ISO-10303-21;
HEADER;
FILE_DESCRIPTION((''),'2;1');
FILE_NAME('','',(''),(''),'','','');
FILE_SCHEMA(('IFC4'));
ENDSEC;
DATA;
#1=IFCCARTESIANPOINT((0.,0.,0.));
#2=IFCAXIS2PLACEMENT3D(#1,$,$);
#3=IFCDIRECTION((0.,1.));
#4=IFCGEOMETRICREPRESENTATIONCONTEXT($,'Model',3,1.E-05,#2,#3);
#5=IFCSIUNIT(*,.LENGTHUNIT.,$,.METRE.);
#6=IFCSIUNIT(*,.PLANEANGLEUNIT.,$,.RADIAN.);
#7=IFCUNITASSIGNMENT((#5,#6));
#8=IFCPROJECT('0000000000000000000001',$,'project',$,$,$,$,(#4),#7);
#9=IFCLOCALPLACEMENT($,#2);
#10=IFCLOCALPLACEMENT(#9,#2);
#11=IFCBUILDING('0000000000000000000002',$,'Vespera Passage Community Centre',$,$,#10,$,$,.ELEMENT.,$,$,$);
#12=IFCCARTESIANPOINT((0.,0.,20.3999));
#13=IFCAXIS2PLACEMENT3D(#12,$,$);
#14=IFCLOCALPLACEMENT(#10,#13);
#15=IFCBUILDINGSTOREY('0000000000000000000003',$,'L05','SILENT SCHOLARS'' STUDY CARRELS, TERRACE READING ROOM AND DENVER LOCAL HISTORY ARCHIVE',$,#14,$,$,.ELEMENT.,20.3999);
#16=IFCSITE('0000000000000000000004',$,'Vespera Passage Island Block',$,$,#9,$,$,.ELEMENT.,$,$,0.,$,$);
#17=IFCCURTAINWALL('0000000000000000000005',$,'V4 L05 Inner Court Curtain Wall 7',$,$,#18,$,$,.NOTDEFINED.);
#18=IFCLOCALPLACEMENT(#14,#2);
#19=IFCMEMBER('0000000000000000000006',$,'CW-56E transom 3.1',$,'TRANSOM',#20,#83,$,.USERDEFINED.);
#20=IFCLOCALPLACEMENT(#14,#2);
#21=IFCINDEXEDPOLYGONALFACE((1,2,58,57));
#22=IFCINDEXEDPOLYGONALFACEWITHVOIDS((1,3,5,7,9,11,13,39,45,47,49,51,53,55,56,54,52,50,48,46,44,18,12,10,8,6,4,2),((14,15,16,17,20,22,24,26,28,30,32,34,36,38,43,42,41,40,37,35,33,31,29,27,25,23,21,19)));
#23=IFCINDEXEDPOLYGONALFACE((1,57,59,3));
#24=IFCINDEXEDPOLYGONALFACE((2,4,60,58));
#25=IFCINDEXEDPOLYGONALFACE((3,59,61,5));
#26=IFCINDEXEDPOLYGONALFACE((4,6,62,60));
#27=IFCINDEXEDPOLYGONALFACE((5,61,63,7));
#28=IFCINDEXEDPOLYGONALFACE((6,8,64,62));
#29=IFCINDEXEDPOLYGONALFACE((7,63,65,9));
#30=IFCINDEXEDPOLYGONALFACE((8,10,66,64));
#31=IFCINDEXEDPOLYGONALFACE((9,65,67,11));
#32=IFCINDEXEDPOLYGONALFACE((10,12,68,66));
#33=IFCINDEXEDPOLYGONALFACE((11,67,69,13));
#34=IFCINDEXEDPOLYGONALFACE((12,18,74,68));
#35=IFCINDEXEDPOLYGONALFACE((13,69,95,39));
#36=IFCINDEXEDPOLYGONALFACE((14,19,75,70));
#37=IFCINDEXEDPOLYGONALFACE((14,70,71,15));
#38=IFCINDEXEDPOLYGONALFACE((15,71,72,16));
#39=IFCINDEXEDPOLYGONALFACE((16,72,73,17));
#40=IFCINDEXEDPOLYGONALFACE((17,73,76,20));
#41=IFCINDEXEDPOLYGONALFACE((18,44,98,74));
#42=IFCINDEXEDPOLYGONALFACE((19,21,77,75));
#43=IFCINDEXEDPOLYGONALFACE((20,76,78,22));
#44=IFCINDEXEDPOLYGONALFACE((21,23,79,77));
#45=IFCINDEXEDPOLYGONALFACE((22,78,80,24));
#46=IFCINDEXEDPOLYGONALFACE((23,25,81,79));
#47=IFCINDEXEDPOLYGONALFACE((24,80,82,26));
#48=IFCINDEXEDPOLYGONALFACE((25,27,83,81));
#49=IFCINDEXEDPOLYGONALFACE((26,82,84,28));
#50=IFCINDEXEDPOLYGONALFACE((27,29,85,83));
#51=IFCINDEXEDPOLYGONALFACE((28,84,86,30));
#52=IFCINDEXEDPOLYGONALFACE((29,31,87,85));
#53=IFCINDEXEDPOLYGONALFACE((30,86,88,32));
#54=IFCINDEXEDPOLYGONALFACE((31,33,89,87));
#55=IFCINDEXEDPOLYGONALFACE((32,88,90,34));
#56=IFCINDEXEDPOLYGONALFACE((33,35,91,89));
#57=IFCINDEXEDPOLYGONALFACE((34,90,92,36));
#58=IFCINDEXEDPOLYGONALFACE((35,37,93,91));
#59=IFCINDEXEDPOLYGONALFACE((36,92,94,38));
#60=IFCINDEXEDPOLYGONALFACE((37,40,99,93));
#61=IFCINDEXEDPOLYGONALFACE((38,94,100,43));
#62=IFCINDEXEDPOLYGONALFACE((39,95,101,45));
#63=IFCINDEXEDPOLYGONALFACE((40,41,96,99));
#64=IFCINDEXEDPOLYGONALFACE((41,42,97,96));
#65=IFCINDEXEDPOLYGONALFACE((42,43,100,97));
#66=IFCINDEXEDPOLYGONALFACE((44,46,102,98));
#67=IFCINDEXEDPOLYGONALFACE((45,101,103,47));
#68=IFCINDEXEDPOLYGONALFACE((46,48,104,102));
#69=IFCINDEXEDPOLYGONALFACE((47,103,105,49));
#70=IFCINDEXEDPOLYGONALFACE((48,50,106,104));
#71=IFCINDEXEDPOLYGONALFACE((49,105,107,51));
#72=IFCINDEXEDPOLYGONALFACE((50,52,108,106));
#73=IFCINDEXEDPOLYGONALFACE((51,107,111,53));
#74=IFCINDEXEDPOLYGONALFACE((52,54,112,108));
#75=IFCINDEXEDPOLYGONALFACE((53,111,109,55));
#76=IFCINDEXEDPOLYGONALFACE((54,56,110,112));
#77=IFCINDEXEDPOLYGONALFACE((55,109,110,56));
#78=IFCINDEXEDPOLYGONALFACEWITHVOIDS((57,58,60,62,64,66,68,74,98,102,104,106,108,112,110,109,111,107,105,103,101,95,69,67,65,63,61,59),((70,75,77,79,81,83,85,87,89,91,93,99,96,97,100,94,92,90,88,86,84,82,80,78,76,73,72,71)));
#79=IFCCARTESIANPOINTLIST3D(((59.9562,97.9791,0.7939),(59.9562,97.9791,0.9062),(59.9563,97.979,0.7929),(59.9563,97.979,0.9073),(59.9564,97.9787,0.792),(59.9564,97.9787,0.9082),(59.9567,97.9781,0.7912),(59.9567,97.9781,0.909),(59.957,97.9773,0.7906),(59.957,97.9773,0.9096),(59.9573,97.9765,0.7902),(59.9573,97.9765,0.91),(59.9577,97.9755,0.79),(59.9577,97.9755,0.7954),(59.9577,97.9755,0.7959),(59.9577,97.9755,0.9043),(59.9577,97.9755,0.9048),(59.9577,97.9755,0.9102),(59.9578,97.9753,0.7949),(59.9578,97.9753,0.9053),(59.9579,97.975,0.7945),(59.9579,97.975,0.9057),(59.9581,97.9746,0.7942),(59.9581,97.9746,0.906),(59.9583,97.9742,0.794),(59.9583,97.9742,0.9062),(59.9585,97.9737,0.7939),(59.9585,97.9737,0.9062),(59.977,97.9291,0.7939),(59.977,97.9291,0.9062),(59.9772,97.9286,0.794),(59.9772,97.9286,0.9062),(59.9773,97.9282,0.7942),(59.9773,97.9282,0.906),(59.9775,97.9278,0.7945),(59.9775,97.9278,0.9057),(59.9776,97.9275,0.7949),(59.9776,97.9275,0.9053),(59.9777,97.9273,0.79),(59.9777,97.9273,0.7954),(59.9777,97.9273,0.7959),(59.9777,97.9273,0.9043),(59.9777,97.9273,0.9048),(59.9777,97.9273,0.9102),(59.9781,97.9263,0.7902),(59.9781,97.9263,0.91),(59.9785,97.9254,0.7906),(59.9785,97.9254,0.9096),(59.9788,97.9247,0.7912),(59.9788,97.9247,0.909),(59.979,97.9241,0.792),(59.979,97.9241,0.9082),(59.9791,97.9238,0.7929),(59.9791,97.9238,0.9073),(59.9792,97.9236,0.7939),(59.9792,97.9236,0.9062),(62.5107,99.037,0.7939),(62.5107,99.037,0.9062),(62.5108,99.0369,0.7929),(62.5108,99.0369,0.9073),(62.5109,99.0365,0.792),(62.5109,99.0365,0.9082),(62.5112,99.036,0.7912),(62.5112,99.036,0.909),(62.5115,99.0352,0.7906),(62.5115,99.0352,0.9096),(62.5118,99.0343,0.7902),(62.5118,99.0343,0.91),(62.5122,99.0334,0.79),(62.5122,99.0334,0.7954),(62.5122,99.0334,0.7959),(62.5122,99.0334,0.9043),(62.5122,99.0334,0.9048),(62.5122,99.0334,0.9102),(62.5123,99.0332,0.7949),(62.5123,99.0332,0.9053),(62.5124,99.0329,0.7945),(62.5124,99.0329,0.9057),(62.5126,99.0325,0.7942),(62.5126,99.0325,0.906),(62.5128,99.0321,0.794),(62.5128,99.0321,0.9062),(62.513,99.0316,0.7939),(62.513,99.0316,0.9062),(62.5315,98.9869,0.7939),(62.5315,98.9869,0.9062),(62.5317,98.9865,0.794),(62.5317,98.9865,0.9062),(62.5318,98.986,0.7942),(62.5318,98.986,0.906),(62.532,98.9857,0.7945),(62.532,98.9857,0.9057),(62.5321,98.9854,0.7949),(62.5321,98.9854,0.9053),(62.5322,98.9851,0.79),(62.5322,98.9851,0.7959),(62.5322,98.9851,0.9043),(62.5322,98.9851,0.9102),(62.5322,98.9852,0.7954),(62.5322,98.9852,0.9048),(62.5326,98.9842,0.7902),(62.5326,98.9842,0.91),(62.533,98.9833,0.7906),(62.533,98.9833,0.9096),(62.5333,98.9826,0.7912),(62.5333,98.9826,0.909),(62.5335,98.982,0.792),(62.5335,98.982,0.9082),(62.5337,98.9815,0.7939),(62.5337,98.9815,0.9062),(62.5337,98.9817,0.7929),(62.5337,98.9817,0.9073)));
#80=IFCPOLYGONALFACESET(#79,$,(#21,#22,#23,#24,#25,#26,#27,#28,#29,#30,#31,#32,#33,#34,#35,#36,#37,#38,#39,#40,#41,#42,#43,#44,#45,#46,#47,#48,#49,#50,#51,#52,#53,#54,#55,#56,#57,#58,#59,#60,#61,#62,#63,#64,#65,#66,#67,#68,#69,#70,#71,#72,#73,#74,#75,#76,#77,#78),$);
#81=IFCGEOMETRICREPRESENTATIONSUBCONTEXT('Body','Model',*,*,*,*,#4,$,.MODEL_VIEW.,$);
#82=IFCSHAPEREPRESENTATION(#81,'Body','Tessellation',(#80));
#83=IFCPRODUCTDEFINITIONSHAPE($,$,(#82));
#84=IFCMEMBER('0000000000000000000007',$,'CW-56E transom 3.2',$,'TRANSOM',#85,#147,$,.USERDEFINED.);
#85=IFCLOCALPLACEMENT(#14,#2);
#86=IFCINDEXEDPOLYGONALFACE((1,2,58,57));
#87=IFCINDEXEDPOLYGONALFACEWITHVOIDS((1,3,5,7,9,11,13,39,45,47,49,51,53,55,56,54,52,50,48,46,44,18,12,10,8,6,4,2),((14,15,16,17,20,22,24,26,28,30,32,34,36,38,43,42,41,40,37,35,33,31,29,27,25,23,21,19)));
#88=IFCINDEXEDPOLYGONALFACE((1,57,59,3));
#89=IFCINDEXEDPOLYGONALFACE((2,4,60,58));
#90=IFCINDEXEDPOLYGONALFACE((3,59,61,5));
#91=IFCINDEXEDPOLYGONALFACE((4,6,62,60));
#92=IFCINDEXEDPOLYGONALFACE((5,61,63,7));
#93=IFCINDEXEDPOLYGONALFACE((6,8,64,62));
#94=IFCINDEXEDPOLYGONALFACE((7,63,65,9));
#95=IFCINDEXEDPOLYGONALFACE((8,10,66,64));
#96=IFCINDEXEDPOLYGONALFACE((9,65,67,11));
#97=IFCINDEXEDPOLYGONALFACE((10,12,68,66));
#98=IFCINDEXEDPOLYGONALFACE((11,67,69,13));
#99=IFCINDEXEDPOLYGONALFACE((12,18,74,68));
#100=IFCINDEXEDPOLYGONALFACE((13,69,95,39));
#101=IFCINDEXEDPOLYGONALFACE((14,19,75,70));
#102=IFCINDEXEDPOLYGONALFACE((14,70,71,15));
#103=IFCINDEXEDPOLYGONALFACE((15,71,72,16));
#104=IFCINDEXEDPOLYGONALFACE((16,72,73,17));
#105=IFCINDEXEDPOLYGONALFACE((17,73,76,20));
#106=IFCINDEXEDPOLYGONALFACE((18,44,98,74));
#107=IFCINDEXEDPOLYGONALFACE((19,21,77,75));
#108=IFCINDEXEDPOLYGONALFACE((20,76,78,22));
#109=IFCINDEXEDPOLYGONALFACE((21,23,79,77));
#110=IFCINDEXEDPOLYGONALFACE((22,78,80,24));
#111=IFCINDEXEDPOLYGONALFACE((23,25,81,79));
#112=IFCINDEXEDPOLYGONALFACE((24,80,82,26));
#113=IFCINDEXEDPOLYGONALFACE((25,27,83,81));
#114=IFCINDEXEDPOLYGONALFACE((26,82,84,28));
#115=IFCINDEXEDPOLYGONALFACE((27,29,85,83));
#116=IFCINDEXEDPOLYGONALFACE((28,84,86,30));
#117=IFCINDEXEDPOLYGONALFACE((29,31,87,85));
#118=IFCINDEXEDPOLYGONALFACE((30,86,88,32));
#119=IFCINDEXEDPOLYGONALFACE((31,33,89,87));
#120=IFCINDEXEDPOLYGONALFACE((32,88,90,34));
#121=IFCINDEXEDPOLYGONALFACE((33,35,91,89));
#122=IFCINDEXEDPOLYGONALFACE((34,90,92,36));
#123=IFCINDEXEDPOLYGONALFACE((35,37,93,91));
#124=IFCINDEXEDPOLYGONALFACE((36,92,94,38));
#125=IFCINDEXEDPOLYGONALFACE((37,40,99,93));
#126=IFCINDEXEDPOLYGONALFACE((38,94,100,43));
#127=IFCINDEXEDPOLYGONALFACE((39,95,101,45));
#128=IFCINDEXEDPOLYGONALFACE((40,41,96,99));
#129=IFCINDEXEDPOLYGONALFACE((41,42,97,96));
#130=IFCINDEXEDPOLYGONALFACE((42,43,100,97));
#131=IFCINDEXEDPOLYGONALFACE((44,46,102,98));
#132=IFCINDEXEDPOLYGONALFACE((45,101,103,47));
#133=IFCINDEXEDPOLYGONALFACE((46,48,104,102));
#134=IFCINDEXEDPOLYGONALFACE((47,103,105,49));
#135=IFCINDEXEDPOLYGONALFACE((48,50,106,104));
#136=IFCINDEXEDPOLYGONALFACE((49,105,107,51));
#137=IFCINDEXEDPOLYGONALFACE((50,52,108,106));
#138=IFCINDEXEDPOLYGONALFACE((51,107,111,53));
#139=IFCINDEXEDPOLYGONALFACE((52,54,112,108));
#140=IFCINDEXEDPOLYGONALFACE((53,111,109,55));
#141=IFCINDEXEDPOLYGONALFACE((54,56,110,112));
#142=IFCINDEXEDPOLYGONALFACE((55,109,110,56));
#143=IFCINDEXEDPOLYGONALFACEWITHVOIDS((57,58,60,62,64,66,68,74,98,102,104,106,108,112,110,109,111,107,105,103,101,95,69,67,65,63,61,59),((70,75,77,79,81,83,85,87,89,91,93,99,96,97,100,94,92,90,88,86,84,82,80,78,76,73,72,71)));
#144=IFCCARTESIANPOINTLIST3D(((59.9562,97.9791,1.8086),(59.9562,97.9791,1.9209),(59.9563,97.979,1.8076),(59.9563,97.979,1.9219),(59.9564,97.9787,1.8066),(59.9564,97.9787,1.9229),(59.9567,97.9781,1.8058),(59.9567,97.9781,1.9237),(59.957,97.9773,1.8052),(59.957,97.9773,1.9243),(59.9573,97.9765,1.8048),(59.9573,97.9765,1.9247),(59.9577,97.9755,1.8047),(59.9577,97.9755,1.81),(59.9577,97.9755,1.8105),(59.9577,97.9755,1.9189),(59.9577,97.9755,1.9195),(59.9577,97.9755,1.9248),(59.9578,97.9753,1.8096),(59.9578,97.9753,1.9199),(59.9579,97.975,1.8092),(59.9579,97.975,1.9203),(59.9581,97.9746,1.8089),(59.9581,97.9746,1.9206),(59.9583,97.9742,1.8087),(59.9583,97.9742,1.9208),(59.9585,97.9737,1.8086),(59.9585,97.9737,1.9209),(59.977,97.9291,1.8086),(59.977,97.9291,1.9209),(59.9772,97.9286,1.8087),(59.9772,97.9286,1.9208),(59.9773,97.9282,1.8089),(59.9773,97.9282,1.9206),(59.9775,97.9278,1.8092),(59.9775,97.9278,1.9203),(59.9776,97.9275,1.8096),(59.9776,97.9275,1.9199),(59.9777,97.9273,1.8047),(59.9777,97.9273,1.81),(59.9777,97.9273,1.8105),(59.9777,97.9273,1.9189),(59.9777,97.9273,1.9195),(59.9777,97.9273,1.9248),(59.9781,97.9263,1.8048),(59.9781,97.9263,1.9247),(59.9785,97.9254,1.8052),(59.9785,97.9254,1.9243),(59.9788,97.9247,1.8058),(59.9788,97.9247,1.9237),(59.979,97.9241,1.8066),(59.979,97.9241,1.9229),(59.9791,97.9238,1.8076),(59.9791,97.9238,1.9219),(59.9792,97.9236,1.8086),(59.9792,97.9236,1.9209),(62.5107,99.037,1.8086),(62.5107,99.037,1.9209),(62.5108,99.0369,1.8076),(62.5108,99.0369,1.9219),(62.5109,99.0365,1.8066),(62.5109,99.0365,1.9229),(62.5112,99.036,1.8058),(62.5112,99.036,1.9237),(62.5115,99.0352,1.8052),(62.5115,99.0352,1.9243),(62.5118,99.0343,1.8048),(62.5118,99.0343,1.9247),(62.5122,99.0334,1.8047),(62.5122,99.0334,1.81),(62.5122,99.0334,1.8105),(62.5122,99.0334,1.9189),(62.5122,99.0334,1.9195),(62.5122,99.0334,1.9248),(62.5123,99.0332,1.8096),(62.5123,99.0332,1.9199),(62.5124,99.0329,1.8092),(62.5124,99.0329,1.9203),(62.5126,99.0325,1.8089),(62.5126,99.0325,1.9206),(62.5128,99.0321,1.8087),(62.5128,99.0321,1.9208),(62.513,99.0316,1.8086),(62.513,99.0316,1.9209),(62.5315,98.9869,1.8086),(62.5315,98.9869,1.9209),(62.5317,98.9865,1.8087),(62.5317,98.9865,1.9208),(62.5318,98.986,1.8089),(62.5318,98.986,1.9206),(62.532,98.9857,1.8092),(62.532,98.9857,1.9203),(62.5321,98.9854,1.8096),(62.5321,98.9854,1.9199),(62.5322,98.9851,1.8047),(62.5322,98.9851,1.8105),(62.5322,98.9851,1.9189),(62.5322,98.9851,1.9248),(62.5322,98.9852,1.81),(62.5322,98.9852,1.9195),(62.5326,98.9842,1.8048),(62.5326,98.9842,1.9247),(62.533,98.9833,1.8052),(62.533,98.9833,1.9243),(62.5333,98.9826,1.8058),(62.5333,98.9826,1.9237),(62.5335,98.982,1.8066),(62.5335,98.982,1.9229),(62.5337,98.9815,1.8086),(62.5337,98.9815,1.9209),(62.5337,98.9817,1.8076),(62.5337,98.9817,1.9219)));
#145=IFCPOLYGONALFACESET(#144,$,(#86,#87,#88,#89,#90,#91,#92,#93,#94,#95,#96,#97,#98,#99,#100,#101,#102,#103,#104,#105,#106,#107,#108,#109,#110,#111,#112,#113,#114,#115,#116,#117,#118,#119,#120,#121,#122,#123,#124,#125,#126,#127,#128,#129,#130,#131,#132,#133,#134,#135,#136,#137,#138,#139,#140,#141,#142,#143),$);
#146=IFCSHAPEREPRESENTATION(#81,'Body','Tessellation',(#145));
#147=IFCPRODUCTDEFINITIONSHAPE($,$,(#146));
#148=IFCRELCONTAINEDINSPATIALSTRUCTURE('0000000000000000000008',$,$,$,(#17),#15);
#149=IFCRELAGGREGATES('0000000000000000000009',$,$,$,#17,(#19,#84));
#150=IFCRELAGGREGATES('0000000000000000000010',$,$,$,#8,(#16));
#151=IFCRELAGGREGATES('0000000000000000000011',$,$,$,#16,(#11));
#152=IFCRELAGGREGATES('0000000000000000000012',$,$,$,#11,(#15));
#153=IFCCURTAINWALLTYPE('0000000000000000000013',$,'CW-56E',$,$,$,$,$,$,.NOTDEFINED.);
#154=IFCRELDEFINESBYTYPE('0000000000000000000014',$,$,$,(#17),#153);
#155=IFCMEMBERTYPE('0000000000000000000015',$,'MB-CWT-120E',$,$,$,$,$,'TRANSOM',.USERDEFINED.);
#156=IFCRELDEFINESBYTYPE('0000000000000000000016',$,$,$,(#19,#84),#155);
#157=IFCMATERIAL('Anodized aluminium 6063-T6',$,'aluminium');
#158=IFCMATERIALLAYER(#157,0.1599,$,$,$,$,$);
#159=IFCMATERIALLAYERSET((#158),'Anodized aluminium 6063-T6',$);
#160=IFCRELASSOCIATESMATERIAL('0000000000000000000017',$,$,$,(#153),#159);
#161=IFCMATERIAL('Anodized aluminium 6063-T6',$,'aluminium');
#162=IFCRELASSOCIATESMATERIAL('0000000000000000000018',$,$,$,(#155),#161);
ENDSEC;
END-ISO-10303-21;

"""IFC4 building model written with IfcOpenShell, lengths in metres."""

from ifc_helpers import new_model, si_unit, direction, frame, origin, origin_2d, place, context, subcontext, project, spatial, hollow_rectangle, extrude, material, layer, layer_set, material_profile, profile_set, type_object, element, aggregate, save


model = new_model("IFC4")

# Units and contexts
model_context = context("Model", 3, precision=1e-05, world=origin(), true_north=direction((0.0, 1.0)))
body_context = subcontext(model_context, "Body", "Model", "MODEL_VIEW")
ifc_project = project(units=[si_unit("LENGTHUNIT", "METRE"), si_unit("PLANEANGLEUNIT", "RADIAN")], contexts=[model_context])

# Site, building, storey
site_placement = place(None, origin())
site = spatial("IfcSite", under=ifc_project, at=site_placement, Name="Vespera Passage Island Block", CompositionType="ELEMENT", RefElevation=0.0)
building_placement = place(site_placement, origin())
building = spatial("IfcBuilding", under=site, at=building_placement, Name="Vespera Passage Community Centre", CompositionType="ELEMENT")
storey_placement = place(building_placement, frame((0.0, 0.0, 20.3999)))
storey = spatial("IfcBuildingStorey", under=building, at=storey_placement, Name="L05", Description="SILENT SCHOLARS' STUDY CARRELS, TERRACE READING ROOM AND DENVER LOCAL HISTORY ARCHIVE", CompositionType="ELEMENT", Elevation=20.3999)

# Curtain wall, members
ifc_material_1 = material(Name="Anodized aluminium 6063-T6", Category="aluminium")
ifc_layer_1 = layer(ifc_material_1, 0.1599)
ifc_layer_set_1 = layer_set([ifc_layer_1], Name="Anodized aluminium 6063-T6")
curtain_wall_type = type_object("IfcCurtainWallType", Name="CW-56E", PredefinedType="NOTDEFINED", material=ifc_layer_set_1)
curtain_wall_placement = place(storey_placement, origin())
curtain_wall = element("IfcCurtainWall", 1, at=curtain_wall_placement, inside=storey, type_object=curtain_wall_type, Name="V4 L05 Inner Court Curtain Wall 7", PredefinedType="NOTDEFINED")
ifc_material_2 = material(Name="Anodized aluminium 6063-T6", Category="aluminium")
ifc_material_profile_1 = material_profile(ifc_material_2, hollow_rectangle(XDim=0.0601, YDim=0.1201, WallThickness=0.0039, InnerFilletRadius=0.002, OuterFilletRadius=0.0039, at=origin_2d()), Name="ALU120X60X4")
ifc_profile_set_1 = profile_set([ifc_material_profile_1], Name="Anodized aluminium 6063-T6")
member_type_1 = type_object("IfcMemberType", Name="MB-CWT-120E", ElementType="TRANSOM", PredefinedType="USERDEFINED", material=ifc_profile_set_1)
member_1_placement = place(storey_placement, frame((62.5222, 99.0093, 0.8501), z_axis=(-0.923908, -0.382614, 0.0), x_axis=(0.382614, -0.923908, 0.0)))
member_1 = element("IfcMember", 2, at=member_1_placement, type_object=member_type_1, Name="CW-56E transom 3.1", ObjectType="TRANSOM", PredefinedType="USERDEFINED", context=body_context, shape_type="SweptSolid", body=[
    extrude(hollow_rectangle(XDim=0.0601, YDim=0.1201, WallThickness=0.0039, InnerFilletRadius=0.002, OuterFilletRadius=0.0039, at=origin_2d()), origin(), (0.0, 0.0, 1.0), 2.7649),
])
member_2_placement = place(storey_placement, frame((62.5222, 99.0093, 1.8647), z_axis=(-0.923908, -0.382614, 0.0), x_axis=(0.382614, -0.923908, 0.0)))
member_2 = element("IfcMember", 3, at=member_2_placement, type_object=member_type_1, Name="CW-56E transom 3.2", ObjectType="TRANSOM", PredefinedType="USERDEFINED", context=body_context, shape_type="SweptSolid", body=[
    extrude(hollow_rectangle(XDim=0.0601, YDim=0.1201, WallThickness=0.0039, InnerFilletRadius=0.002, OuterFilletRadius=0.0039, at=origin_2d()), origin(), (0.0, 0.0, 1.0), 2.7649),
])
aggregate(curtain_wall, [member_1, member_2])

save(model, "model.ifc")
